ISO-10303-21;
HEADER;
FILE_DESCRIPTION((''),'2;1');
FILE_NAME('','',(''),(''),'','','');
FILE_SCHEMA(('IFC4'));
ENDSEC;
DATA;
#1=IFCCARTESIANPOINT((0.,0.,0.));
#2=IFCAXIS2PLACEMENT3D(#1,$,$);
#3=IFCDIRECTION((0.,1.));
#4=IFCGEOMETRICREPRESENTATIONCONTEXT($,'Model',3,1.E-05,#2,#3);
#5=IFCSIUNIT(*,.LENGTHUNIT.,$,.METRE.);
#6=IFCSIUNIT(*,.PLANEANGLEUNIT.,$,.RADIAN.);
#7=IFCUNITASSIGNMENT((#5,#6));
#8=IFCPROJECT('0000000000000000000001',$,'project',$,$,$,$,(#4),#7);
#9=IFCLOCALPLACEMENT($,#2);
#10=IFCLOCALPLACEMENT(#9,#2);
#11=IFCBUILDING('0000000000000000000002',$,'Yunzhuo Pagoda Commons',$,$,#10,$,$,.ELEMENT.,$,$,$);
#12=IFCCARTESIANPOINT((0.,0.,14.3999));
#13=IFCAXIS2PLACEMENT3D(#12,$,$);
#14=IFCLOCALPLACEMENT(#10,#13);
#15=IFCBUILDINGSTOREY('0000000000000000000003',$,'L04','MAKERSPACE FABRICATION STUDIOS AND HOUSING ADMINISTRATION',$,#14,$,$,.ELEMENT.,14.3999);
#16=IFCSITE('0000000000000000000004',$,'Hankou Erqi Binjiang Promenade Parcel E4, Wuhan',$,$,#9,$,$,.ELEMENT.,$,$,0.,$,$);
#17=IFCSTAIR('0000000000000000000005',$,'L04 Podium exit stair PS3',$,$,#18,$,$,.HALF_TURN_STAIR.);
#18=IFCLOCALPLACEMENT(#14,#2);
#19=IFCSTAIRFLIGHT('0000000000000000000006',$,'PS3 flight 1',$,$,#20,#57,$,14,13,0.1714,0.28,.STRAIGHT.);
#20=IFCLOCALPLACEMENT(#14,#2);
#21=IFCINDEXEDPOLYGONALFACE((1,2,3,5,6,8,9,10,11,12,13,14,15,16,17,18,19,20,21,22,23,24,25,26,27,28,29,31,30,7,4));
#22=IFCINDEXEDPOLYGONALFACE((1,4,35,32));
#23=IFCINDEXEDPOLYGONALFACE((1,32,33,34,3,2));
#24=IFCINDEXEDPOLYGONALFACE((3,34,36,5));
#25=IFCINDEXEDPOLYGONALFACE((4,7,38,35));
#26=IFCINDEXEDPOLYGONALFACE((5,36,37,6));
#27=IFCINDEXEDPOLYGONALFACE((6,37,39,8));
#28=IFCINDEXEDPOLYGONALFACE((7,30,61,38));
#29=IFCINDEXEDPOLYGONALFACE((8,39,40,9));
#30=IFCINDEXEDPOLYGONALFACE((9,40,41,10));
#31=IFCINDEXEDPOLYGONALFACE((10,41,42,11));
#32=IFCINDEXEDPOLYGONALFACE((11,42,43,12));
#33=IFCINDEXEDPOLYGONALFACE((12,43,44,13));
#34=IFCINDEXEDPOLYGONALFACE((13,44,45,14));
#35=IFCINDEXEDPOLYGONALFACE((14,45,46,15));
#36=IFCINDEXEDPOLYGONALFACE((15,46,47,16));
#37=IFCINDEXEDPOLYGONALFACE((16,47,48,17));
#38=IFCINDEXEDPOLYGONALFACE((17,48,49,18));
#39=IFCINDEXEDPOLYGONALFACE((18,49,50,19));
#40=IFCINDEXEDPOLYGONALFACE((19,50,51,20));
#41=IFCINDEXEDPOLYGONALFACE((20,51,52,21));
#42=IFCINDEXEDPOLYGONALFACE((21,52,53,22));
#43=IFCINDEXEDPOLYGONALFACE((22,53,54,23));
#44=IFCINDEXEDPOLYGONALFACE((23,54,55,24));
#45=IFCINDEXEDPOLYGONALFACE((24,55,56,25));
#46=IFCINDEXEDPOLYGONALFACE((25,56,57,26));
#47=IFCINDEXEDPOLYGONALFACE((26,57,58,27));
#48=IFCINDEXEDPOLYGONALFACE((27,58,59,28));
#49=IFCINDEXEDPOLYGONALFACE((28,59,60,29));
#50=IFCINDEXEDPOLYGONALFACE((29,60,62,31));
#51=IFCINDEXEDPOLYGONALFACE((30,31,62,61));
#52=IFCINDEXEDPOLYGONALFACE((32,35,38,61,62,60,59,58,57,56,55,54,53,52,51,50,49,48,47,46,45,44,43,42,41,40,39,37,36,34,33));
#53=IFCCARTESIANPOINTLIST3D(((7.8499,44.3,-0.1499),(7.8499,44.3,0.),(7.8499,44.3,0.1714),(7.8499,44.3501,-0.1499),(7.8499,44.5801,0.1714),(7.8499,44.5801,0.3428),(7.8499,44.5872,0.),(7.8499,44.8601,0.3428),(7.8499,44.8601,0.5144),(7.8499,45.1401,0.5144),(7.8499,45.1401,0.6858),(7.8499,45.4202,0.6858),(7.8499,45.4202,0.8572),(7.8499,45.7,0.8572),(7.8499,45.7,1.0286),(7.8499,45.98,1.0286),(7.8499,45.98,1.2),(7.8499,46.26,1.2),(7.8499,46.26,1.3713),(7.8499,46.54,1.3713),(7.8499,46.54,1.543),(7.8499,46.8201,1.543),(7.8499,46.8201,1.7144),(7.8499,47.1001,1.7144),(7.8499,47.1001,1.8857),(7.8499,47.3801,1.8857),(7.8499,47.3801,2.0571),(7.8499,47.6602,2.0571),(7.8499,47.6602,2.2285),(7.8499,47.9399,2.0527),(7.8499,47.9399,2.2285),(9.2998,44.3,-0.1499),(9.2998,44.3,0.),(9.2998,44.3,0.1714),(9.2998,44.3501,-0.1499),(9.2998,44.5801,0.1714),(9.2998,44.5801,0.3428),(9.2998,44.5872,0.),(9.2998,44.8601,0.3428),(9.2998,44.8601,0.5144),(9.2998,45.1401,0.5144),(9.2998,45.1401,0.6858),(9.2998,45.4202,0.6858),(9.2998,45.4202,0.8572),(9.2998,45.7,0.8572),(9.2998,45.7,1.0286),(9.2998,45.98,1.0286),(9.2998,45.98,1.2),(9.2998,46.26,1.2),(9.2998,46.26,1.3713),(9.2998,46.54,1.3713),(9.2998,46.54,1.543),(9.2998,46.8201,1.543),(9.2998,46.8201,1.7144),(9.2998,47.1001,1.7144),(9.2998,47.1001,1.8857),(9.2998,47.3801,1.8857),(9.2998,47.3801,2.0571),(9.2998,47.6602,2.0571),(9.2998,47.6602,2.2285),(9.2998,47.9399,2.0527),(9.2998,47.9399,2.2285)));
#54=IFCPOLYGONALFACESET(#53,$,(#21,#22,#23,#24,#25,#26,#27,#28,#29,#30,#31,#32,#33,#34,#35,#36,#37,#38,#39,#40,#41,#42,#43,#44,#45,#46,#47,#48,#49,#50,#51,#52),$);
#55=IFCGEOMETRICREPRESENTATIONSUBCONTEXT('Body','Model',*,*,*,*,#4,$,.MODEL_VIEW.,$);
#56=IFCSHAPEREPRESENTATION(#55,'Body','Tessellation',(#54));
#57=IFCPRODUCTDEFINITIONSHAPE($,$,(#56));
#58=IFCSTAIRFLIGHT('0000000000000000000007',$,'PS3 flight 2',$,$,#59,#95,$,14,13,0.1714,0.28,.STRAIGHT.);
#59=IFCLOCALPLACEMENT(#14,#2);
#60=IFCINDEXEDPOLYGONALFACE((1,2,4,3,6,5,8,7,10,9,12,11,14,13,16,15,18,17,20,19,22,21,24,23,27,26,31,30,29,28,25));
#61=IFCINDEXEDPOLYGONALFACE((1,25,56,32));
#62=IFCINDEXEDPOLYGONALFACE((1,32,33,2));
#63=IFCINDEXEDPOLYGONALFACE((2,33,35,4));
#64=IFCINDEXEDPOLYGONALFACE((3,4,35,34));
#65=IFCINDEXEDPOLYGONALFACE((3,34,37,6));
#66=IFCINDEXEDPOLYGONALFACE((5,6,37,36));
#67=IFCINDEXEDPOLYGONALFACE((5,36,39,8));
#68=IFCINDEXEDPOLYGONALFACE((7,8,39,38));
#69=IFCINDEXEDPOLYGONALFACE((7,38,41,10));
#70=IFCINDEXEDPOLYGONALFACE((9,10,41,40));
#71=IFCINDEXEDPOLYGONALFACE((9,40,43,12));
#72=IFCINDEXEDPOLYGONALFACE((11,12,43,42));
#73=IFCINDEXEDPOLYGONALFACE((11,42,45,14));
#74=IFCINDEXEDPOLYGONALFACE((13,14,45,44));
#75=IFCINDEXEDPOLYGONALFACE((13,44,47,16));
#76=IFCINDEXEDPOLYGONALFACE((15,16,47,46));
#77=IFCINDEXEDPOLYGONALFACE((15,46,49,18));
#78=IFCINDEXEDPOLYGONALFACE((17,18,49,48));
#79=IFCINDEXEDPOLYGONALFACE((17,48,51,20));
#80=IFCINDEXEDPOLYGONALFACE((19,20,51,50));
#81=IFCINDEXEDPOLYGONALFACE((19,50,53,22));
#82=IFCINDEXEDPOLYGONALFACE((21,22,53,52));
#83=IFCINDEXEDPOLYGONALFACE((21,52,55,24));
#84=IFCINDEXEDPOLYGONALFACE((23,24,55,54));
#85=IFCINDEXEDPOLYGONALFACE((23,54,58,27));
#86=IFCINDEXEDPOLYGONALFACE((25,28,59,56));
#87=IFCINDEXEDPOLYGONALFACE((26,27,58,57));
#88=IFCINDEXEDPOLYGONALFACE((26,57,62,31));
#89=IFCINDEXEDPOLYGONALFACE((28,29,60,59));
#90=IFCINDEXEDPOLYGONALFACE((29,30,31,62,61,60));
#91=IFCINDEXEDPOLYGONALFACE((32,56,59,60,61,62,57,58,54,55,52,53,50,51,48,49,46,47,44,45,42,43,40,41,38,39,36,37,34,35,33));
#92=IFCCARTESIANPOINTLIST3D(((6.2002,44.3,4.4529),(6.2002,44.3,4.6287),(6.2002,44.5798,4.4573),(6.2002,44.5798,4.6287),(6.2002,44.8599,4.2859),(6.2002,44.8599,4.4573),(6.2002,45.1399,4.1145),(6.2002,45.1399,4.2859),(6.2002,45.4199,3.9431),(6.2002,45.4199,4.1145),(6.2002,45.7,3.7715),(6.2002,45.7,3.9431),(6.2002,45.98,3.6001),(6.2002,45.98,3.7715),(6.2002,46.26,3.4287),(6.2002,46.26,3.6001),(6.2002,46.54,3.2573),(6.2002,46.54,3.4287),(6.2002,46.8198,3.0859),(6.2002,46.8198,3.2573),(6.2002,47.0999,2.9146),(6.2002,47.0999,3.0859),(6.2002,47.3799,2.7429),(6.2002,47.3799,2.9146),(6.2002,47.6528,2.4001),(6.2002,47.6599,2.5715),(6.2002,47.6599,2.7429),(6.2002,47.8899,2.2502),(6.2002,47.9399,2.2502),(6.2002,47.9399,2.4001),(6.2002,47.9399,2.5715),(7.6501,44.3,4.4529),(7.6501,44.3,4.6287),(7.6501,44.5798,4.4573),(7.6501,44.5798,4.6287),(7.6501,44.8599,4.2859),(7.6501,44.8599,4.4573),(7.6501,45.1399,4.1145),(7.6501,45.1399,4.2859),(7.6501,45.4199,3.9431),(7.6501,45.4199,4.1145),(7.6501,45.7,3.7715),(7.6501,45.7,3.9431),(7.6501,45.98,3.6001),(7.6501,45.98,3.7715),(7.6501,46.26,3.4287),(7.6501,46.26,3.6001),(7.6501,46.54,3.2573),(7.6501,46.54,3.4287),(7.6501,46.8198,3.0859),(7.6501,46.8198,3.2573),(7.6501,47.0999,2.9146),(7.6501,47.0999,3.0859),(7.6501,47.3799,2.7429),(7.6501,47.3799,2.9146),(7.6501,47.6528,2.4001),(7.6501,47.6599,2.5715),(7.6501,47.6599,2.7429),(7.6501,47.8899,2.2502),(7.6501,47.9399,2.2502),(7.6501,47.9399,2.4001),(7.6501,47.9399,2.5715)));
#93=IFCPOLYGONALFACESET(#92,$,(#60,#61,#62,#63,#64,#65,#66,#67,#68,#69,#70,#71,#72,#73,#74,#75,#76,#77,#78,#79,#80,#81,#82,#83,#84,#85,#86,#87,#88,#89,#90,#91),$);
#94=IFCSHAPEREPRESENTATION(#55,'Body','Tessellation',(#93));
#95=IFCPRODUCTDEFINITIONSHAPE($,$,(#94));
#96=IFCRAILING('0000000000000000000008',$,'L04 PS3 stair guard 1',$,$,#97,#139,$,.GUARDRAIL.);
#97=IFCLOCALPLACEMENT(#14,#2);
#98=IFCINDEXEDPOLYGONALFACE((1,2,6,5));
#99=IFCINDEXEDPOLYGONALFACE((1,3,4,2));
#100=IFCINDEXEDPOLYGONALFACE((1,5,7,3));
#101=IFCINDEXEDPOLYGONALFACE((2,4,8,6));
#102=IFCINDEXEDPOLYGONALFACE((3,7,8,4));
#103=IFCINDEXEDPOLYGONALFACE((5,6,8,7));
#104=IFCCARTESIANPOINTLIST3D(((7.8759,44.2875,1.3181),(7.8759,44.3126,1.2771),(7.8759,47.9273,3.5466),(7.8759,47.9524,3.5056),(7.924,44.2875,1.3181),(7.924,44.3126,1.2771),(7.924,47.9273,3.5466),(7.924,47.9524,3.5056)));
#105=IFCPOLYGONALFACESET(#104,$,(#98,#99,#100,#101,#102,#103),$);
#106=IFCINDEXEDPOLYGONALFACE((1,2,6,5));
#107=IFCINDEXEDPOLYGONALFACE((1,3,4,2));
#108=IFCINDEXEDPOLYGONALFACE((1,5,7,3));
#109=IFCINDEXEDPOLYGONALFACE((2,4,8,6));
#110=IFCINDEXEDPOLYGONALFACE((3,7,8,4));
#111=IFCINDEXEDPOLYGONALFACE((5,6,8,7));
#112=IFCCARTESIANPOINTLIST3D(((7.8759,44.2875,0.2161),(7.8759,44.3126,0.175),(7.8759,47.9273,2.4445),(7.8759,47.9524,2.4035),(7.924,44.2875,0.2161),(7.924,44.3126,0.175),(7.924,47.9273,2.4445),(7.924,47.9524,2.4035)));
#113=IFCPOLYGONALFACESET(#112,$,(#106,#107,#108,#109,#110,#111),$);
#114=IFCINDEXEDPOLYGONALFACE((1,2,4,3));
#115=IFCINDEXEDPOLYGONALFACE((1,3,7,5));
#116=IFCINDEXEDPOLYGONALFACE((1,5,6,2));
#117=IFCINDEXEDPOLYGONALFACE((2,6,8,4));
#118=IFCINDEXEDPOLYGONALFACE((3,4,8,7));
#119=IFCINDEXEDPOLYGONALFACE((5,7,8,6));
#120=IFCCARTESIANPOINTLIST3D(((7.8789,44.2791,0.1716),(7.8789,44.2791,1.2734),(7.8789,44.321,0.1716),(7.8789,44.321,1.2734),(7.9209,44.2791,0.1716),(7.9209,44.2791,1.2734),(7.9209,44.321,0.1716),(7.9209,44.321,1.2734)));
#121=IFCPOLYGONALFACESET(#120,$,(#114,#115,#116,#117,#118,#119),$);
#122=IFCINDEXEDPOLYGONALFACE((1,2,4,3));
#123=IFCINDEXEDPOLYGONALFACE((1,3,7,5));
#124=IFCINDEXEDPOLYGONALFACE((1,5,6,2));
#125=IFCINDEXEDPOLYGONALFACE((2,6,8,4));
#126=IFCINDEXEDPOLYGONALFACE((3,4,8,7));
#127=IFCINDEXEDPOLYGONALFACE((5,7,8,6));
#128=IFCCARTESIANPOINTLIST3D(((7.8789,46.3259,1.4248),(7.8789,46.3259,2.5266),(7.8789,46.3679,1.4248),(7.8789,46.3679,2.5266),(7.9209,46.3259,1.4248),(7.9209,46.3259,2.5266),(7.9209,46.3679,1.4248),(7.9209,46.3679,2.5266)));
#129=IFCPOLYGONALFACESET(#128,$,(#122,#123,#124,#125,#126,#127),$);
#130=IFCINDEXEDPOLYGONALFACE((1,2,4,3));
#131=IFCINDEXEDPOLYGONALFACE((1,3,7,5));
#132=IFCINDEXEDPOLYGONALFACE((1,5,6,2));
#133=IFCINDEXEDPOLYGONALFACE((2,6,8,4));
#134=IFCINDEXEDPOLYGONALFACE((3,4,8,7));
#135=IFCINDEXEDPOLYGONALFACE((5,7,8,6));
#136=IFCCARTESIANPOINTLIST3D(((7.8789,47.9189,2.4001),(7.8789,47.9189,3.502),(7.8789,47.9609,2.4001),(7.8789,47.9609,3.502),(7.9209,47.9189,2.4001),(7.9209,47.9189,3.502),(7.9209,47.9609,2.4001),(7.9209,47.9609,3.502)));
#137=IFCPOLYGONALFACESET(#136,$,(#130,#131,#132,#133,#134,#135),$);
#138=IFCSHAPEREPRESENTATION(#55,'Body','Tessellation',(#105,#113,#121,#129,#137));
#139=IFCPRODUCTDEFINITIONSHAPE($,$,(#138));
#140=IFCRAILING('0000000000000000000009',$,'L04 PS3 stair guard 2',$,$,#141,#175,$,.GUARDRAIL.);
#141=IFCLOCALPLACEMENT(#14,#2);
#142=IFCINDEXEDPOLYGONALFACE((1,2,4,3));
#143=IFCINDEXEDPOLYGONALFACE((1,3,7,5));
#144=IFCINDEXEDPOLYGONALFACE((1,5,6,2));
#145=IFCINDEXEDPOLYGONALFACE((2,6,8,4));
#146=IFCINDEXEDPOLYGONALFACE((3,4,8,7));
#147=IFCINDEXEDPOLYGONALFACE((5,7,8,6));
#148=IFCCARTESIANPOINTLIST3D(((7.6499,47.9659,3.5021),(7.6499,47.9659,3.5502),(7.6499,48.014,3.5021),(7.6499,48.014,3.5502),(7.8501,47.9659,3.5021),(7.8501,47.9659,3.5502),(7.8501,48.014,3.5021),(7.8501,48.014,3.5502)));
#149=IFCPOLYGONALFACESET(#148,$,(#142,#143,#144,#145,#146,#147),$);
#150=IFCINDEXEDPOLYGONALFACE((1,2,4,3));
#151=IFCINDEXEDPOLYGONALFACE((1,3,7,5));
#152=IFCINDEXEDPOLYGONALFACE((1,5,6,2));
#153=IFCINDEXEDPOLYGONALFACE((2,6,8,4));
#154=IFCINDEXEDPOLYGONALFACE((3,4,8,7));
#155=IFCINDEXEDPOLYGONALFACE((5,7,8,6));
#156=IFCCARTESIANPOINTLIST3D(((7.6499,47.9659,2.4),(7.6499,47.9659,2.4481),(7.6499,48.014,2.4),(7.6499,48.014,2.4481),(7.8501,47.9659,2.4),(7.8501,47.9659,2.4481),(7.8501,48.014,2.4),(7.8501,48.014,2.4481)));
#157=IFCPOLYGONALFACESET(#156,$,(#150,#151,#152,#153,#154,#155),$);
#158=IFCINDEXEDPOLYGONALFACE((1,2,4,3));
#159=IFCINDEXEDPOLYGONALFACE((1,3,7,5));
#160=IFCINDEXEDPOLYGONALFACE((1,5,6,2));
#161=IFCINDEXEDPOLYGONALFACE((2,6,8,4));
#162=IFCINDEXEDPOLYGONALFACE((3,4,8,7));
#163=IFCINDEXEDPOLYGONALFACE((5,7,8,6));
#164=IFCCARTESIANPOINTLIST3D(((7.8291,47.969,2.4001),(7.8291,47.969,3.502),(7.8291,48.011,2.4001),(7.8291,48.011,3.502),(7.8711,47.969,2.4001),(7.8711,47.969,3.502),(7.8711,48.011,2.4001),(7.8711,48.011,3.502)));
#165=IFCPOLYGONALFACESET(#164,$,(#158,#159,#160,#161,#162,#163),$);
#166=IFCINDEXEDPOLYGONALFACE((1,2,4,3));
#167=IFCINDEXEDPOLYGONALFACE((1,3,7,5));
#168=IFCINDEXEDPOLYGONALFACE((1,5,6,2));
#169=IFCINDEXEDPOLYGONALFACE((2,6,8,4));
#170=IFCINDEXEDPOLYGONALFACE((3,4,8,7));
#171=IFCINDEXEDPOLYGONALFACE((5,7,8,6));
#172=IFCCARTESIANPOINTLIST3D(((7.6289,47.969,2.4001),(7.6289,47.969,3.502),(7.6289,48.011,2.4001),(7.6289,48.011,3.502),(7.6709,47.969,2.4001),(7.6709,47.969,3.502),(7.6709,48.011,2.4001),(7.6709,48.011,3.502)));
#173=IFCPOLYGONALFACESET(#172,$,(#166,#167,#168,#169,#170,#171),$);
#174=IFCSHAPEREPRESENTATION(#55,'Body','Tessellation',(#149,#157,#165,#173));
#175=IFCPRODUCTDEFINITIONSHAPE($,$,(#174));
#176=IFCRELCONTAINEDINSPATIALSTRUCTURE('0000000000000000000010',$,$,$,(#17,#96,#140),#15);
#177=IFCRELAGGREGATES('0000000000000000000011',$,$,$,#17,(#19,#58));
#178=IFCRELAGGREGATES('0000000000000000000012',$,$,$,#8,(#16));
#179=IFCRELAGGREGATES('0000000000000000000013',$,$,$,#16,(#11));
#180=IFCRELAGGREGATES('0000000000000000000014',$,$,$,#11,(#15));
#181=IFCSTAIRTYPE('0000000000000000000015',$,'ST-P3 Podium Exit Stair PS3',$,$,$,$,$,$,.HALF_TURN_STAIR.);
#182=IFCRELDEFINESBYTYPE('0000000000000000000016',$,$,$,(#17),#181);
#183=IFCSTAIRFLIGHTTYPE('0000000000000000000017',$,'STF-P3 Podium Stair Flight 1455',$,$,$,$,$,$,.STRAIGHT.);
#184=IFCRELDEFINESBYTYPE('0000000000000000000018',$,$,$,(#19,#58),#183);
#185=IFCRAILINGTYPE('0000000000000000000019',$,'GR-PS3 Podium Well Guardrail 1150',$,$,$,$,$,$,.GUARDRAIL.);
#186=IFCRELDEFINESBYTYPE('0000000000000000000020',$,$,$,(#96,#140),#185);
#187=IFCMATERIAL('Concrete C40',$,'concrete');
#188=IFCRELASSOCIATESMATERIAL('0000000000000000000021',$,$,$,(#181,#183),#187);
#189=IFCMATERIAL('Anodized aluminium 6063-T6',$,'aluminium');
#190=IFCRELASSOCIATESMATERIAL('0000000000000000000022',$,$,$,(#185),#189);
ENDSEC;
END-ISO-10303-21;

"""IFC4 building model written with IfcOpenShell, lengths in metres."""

from ifc_helpers import new_model, si_unit, direction, frame, origin, origin_2d, place, context, subcontext, project, spatial, polyline, rectangle, outline, extrude, source, transform, mapped, material, type_object, element, aggregate, save


model = new_model("IFC4")

# Units and contexts
model_context = context("Model", 3, precision=1e-05, world=origin(), true_north=direction((0.0, 1.0)))
body_context = subcontext(model_context, "Body", "Model", "MODEL_VIEW")
ifc_project = project(units=[si_unit("LENGTHUNIT", "METRE"), si_unit("PLANEANGLEUNIT", "RADIAN")], contexts=[model_context])

# Site, building, storey
site_placement = place(None, origin())
site = spatial("IfcSite", under=ifc_project, at=site_placement, Name="Hankou Erqi Binjiang Promenade Parcel E4, Wuhan", CompositionType="ELEMENT", RefElevation=0.0)
building_placement = place(site_placement, origin())
building = spatial("IfcBuilding", under=site, at=building_placement, Name="Yunzhuo Pagoda Commons", CompositionType="ELEMENT")
storey_placement = place(building_placement, frame((0.0, 0.0, 14.3999)))
storey = spatial("IfcBuildingStorey", under=building, at=storey_placement, Name="L04", Description="MAKERSPACE FABRICATION STUDIOS AND HOUSING ADMINISTRATION", CompositionType="ELEMENT", Elevation=14.3999)

# Stair, stair flights
ifc_material_1 = material(Name="Concrete C40", Category="concrete")
stair_type = type_object("IfcStairType", Name="ST-P3 Podium Exit Stair PS3", PredefinedType="HALF_TURN_STAIR", material=ifc_material_1)
stair_placement = place(storey_placement, origin())
stair = element("IfcStair", 1, at=stair_placement, inside=storey, type_object=stair_type, Name="L04 Podium exit stair PS3", PredefinedType="HALF_TURN_STAIR")
stair_flight_type = type_object("IfcStairFlightType", Name="STF-P3 Podium Stair Flight 1455", PredefinedType="STRAIGHT", material=ifc_material_1)
shared_shape_1 = source(origin(), body_context, "Body", "SweptSolid", [
    extrude(outline(polyline([(0.0, -0.1499), (0.0, 0.0), (0.0, 0.1714), (0.28, 0.1714), (0.28, 0.3428), (0.5601, 0.3428), (0.5601, 0.5144), (0.8401, 0.5144), (0.8401, 0.6858), (1.1201, 0.6858), (1.1201, 0.8572), (1.3999, 0.8572), (1.3999, 1.0286), (1.6799, 1.0286), (1.6799, 1.2), (1.96, 1.2), (1.96, 1.3713), (2.24, 1.3713), (2.24, 1.543), (2.52, 1.543), (2.52, 1.7144), (2.8, 1.7144), (2.8, 1.8857), (3.0801, 1.8857), (3.0801, 2.0571), (3.3601, 2.0571), (3.3601, 2.2285), (3.6399, 2.2285), (3.6399, 2.3999), (3.6399, 2.0527), (0.2871, 0.0), (0.05, -0.1499), (0.0, -0.1499)])), frame((0.0, 0.7251, 0.0), z_axis=(0.0, -1.0, 0.0), x_axis=(1.0, 0.0, 0.0)), (0.0, 0.0, 1.0), 1.45),
])
stair_flight_1_placement = place(storey_placement, frame((8.575, 44.3, 0.0), z_axis=(0.0, 0.0, 1.0), x_axis=(0.0, 1.0, 0.0)))
stair_flight_1 = element("IfcStairFlight", 2, at=stair_flight_1_placement, type_object=stair_flight_type, Name="PS3 flight 1", NumberOfRisers=14, NumberOfTreads=13, PredefinedType="STRAIGHT", RiserHeight=0.1714, TreadLength=0.28, context=body_context, shape_type="MappedRepresentation", body=[
    mapped(shared_shape_1, transform((0.0, 0.0, 0.0), scale=1.0)),
])
stair_flight_2_placement = place(storey_placement, frame((6.925, 47.9399, 2.4001), z_axis=(0.0, 0.0, 1.0), x_axis=(0.0, -1.0, 0.0)))
stair_flight_2 = element("IfcStairFlight", 3, at=stair_flight_2_placement, type_object=stair_flight_type, Name="PS3 flight 2", NumberOfRisers=14, NumberOfTreads=13, PredefinedType="STRAIGHT", RiserHeight=0.1714, TreadLength=0.28, context=body_context, shape_type="MappedRepresentation", body=[
    mapped(shared_shape_1, transform((0.0, 0.0, 0.0), scale=1.0)),
])
aggregate(stair, [stair_flight_1, stair_flight_2])

# Railings
ifc_material_2 = material(Name="Anodized aluminium 6063-T6", Category="aluminium")
railing_type_1 = type_object("IfcRailingType", Name="GR-PS3 Podium Well Guardrail 1150", PredefinedType="GUARDRAIL", material=ifc_material_2)
railing_1_placement = place(storey_placement, frame((7.8999, 44.3, 0.1716)))
element("IfcRailing", 4, at=railing_1_placement, inside=storey, type_object=railing_type_1, Name="L04 PS3 stair guard 1", PredefinedType="GUARDRAIL", context=body_context, shape_type="SweptSolid", body=[
    extrude(rectangle(XDim=0.0481, YDim=0.0481, at=origin_2d()), frame((0.0, 0.0, 1.126), z_axis=(0.0, 0.85285, 0.522156), x_axis=(-1.0, 0.0, 0.0)), (0.0, 0.0, 1.0), 4.2678),
    extrude(rectangle(XDim=0.0481, YDim=0.0481, at=origin_2d()), frame((0.0, 0.0, 0.0239), z_axis=(0.0, 0.85285, 0.522156), x_axis=(-1.0, 0.0, 0.0)), (0.0, 0.0, 1.0), 4.2678),
    extrude(rectangle(XDim=0.042, YDim=0.042, at=origin_2d()), origin(), (0.0, 0.0, 1.0), 1.1018),
    extrude(rectangle(XDim=0.042, YDim=0.042, at=origin_2d()), frame((0.0, 2.0469, 1.2532)), (0.0, 0.0, 1.0), 1.1018),
    extrude(rectangle(XDim=0.042, YDim=0.042, at=origin_2d()), frame((0.0, 3.6399, 2.2285)), (0.0, 0.0, 1.0), 1.1018),
])
railing_2_placement = place(storey_placement, frame((7.8501, 47.99, 2.4001)))
element("IfcRailing", 5, at=railing_2_placement, inside=storey, type_object=railing_type_1, Name="L04 PS3 stair guard 2", PredefinedType="GUARDRAIL", context=body_context, shape_type="SweptSolid", body=[
    extrude(rectangle(XDim=0.0481, YDim=0.0481, at=origin_2d()), frame((0.0, 0.0, 1.126), z_axis=(-1.0, 0.0, 0.0), x_axis=(0.0, -1.0, 0.0)), (0.0, 0.0, 1.0), 0.2002),
    extrude(rectangle(XDim=0.0481, YDim=0.0481, at=origin_2d()), frame((0.0, 0.0, 0.0239), z_axis=(-1.0, 0.0, 0.0), x_axis=(0.0, -1.0, 0.0)), (0.0, 0.0, 1.0), 0.2002),
    extrude(rectangle(XDim=0.042, YDim=0.042, at=origin_2d()), origin(), (0.0, 0.0, 1.0), 1.1018),
    extrude(rectangle(XDim=0.042, YDim=0.042, at=origin_2d()), frame((-0.2002, 0.0, 0.0)), (0.0, 0.0, 1.0), 1.1018),
])

save(model, "model.ifc")
